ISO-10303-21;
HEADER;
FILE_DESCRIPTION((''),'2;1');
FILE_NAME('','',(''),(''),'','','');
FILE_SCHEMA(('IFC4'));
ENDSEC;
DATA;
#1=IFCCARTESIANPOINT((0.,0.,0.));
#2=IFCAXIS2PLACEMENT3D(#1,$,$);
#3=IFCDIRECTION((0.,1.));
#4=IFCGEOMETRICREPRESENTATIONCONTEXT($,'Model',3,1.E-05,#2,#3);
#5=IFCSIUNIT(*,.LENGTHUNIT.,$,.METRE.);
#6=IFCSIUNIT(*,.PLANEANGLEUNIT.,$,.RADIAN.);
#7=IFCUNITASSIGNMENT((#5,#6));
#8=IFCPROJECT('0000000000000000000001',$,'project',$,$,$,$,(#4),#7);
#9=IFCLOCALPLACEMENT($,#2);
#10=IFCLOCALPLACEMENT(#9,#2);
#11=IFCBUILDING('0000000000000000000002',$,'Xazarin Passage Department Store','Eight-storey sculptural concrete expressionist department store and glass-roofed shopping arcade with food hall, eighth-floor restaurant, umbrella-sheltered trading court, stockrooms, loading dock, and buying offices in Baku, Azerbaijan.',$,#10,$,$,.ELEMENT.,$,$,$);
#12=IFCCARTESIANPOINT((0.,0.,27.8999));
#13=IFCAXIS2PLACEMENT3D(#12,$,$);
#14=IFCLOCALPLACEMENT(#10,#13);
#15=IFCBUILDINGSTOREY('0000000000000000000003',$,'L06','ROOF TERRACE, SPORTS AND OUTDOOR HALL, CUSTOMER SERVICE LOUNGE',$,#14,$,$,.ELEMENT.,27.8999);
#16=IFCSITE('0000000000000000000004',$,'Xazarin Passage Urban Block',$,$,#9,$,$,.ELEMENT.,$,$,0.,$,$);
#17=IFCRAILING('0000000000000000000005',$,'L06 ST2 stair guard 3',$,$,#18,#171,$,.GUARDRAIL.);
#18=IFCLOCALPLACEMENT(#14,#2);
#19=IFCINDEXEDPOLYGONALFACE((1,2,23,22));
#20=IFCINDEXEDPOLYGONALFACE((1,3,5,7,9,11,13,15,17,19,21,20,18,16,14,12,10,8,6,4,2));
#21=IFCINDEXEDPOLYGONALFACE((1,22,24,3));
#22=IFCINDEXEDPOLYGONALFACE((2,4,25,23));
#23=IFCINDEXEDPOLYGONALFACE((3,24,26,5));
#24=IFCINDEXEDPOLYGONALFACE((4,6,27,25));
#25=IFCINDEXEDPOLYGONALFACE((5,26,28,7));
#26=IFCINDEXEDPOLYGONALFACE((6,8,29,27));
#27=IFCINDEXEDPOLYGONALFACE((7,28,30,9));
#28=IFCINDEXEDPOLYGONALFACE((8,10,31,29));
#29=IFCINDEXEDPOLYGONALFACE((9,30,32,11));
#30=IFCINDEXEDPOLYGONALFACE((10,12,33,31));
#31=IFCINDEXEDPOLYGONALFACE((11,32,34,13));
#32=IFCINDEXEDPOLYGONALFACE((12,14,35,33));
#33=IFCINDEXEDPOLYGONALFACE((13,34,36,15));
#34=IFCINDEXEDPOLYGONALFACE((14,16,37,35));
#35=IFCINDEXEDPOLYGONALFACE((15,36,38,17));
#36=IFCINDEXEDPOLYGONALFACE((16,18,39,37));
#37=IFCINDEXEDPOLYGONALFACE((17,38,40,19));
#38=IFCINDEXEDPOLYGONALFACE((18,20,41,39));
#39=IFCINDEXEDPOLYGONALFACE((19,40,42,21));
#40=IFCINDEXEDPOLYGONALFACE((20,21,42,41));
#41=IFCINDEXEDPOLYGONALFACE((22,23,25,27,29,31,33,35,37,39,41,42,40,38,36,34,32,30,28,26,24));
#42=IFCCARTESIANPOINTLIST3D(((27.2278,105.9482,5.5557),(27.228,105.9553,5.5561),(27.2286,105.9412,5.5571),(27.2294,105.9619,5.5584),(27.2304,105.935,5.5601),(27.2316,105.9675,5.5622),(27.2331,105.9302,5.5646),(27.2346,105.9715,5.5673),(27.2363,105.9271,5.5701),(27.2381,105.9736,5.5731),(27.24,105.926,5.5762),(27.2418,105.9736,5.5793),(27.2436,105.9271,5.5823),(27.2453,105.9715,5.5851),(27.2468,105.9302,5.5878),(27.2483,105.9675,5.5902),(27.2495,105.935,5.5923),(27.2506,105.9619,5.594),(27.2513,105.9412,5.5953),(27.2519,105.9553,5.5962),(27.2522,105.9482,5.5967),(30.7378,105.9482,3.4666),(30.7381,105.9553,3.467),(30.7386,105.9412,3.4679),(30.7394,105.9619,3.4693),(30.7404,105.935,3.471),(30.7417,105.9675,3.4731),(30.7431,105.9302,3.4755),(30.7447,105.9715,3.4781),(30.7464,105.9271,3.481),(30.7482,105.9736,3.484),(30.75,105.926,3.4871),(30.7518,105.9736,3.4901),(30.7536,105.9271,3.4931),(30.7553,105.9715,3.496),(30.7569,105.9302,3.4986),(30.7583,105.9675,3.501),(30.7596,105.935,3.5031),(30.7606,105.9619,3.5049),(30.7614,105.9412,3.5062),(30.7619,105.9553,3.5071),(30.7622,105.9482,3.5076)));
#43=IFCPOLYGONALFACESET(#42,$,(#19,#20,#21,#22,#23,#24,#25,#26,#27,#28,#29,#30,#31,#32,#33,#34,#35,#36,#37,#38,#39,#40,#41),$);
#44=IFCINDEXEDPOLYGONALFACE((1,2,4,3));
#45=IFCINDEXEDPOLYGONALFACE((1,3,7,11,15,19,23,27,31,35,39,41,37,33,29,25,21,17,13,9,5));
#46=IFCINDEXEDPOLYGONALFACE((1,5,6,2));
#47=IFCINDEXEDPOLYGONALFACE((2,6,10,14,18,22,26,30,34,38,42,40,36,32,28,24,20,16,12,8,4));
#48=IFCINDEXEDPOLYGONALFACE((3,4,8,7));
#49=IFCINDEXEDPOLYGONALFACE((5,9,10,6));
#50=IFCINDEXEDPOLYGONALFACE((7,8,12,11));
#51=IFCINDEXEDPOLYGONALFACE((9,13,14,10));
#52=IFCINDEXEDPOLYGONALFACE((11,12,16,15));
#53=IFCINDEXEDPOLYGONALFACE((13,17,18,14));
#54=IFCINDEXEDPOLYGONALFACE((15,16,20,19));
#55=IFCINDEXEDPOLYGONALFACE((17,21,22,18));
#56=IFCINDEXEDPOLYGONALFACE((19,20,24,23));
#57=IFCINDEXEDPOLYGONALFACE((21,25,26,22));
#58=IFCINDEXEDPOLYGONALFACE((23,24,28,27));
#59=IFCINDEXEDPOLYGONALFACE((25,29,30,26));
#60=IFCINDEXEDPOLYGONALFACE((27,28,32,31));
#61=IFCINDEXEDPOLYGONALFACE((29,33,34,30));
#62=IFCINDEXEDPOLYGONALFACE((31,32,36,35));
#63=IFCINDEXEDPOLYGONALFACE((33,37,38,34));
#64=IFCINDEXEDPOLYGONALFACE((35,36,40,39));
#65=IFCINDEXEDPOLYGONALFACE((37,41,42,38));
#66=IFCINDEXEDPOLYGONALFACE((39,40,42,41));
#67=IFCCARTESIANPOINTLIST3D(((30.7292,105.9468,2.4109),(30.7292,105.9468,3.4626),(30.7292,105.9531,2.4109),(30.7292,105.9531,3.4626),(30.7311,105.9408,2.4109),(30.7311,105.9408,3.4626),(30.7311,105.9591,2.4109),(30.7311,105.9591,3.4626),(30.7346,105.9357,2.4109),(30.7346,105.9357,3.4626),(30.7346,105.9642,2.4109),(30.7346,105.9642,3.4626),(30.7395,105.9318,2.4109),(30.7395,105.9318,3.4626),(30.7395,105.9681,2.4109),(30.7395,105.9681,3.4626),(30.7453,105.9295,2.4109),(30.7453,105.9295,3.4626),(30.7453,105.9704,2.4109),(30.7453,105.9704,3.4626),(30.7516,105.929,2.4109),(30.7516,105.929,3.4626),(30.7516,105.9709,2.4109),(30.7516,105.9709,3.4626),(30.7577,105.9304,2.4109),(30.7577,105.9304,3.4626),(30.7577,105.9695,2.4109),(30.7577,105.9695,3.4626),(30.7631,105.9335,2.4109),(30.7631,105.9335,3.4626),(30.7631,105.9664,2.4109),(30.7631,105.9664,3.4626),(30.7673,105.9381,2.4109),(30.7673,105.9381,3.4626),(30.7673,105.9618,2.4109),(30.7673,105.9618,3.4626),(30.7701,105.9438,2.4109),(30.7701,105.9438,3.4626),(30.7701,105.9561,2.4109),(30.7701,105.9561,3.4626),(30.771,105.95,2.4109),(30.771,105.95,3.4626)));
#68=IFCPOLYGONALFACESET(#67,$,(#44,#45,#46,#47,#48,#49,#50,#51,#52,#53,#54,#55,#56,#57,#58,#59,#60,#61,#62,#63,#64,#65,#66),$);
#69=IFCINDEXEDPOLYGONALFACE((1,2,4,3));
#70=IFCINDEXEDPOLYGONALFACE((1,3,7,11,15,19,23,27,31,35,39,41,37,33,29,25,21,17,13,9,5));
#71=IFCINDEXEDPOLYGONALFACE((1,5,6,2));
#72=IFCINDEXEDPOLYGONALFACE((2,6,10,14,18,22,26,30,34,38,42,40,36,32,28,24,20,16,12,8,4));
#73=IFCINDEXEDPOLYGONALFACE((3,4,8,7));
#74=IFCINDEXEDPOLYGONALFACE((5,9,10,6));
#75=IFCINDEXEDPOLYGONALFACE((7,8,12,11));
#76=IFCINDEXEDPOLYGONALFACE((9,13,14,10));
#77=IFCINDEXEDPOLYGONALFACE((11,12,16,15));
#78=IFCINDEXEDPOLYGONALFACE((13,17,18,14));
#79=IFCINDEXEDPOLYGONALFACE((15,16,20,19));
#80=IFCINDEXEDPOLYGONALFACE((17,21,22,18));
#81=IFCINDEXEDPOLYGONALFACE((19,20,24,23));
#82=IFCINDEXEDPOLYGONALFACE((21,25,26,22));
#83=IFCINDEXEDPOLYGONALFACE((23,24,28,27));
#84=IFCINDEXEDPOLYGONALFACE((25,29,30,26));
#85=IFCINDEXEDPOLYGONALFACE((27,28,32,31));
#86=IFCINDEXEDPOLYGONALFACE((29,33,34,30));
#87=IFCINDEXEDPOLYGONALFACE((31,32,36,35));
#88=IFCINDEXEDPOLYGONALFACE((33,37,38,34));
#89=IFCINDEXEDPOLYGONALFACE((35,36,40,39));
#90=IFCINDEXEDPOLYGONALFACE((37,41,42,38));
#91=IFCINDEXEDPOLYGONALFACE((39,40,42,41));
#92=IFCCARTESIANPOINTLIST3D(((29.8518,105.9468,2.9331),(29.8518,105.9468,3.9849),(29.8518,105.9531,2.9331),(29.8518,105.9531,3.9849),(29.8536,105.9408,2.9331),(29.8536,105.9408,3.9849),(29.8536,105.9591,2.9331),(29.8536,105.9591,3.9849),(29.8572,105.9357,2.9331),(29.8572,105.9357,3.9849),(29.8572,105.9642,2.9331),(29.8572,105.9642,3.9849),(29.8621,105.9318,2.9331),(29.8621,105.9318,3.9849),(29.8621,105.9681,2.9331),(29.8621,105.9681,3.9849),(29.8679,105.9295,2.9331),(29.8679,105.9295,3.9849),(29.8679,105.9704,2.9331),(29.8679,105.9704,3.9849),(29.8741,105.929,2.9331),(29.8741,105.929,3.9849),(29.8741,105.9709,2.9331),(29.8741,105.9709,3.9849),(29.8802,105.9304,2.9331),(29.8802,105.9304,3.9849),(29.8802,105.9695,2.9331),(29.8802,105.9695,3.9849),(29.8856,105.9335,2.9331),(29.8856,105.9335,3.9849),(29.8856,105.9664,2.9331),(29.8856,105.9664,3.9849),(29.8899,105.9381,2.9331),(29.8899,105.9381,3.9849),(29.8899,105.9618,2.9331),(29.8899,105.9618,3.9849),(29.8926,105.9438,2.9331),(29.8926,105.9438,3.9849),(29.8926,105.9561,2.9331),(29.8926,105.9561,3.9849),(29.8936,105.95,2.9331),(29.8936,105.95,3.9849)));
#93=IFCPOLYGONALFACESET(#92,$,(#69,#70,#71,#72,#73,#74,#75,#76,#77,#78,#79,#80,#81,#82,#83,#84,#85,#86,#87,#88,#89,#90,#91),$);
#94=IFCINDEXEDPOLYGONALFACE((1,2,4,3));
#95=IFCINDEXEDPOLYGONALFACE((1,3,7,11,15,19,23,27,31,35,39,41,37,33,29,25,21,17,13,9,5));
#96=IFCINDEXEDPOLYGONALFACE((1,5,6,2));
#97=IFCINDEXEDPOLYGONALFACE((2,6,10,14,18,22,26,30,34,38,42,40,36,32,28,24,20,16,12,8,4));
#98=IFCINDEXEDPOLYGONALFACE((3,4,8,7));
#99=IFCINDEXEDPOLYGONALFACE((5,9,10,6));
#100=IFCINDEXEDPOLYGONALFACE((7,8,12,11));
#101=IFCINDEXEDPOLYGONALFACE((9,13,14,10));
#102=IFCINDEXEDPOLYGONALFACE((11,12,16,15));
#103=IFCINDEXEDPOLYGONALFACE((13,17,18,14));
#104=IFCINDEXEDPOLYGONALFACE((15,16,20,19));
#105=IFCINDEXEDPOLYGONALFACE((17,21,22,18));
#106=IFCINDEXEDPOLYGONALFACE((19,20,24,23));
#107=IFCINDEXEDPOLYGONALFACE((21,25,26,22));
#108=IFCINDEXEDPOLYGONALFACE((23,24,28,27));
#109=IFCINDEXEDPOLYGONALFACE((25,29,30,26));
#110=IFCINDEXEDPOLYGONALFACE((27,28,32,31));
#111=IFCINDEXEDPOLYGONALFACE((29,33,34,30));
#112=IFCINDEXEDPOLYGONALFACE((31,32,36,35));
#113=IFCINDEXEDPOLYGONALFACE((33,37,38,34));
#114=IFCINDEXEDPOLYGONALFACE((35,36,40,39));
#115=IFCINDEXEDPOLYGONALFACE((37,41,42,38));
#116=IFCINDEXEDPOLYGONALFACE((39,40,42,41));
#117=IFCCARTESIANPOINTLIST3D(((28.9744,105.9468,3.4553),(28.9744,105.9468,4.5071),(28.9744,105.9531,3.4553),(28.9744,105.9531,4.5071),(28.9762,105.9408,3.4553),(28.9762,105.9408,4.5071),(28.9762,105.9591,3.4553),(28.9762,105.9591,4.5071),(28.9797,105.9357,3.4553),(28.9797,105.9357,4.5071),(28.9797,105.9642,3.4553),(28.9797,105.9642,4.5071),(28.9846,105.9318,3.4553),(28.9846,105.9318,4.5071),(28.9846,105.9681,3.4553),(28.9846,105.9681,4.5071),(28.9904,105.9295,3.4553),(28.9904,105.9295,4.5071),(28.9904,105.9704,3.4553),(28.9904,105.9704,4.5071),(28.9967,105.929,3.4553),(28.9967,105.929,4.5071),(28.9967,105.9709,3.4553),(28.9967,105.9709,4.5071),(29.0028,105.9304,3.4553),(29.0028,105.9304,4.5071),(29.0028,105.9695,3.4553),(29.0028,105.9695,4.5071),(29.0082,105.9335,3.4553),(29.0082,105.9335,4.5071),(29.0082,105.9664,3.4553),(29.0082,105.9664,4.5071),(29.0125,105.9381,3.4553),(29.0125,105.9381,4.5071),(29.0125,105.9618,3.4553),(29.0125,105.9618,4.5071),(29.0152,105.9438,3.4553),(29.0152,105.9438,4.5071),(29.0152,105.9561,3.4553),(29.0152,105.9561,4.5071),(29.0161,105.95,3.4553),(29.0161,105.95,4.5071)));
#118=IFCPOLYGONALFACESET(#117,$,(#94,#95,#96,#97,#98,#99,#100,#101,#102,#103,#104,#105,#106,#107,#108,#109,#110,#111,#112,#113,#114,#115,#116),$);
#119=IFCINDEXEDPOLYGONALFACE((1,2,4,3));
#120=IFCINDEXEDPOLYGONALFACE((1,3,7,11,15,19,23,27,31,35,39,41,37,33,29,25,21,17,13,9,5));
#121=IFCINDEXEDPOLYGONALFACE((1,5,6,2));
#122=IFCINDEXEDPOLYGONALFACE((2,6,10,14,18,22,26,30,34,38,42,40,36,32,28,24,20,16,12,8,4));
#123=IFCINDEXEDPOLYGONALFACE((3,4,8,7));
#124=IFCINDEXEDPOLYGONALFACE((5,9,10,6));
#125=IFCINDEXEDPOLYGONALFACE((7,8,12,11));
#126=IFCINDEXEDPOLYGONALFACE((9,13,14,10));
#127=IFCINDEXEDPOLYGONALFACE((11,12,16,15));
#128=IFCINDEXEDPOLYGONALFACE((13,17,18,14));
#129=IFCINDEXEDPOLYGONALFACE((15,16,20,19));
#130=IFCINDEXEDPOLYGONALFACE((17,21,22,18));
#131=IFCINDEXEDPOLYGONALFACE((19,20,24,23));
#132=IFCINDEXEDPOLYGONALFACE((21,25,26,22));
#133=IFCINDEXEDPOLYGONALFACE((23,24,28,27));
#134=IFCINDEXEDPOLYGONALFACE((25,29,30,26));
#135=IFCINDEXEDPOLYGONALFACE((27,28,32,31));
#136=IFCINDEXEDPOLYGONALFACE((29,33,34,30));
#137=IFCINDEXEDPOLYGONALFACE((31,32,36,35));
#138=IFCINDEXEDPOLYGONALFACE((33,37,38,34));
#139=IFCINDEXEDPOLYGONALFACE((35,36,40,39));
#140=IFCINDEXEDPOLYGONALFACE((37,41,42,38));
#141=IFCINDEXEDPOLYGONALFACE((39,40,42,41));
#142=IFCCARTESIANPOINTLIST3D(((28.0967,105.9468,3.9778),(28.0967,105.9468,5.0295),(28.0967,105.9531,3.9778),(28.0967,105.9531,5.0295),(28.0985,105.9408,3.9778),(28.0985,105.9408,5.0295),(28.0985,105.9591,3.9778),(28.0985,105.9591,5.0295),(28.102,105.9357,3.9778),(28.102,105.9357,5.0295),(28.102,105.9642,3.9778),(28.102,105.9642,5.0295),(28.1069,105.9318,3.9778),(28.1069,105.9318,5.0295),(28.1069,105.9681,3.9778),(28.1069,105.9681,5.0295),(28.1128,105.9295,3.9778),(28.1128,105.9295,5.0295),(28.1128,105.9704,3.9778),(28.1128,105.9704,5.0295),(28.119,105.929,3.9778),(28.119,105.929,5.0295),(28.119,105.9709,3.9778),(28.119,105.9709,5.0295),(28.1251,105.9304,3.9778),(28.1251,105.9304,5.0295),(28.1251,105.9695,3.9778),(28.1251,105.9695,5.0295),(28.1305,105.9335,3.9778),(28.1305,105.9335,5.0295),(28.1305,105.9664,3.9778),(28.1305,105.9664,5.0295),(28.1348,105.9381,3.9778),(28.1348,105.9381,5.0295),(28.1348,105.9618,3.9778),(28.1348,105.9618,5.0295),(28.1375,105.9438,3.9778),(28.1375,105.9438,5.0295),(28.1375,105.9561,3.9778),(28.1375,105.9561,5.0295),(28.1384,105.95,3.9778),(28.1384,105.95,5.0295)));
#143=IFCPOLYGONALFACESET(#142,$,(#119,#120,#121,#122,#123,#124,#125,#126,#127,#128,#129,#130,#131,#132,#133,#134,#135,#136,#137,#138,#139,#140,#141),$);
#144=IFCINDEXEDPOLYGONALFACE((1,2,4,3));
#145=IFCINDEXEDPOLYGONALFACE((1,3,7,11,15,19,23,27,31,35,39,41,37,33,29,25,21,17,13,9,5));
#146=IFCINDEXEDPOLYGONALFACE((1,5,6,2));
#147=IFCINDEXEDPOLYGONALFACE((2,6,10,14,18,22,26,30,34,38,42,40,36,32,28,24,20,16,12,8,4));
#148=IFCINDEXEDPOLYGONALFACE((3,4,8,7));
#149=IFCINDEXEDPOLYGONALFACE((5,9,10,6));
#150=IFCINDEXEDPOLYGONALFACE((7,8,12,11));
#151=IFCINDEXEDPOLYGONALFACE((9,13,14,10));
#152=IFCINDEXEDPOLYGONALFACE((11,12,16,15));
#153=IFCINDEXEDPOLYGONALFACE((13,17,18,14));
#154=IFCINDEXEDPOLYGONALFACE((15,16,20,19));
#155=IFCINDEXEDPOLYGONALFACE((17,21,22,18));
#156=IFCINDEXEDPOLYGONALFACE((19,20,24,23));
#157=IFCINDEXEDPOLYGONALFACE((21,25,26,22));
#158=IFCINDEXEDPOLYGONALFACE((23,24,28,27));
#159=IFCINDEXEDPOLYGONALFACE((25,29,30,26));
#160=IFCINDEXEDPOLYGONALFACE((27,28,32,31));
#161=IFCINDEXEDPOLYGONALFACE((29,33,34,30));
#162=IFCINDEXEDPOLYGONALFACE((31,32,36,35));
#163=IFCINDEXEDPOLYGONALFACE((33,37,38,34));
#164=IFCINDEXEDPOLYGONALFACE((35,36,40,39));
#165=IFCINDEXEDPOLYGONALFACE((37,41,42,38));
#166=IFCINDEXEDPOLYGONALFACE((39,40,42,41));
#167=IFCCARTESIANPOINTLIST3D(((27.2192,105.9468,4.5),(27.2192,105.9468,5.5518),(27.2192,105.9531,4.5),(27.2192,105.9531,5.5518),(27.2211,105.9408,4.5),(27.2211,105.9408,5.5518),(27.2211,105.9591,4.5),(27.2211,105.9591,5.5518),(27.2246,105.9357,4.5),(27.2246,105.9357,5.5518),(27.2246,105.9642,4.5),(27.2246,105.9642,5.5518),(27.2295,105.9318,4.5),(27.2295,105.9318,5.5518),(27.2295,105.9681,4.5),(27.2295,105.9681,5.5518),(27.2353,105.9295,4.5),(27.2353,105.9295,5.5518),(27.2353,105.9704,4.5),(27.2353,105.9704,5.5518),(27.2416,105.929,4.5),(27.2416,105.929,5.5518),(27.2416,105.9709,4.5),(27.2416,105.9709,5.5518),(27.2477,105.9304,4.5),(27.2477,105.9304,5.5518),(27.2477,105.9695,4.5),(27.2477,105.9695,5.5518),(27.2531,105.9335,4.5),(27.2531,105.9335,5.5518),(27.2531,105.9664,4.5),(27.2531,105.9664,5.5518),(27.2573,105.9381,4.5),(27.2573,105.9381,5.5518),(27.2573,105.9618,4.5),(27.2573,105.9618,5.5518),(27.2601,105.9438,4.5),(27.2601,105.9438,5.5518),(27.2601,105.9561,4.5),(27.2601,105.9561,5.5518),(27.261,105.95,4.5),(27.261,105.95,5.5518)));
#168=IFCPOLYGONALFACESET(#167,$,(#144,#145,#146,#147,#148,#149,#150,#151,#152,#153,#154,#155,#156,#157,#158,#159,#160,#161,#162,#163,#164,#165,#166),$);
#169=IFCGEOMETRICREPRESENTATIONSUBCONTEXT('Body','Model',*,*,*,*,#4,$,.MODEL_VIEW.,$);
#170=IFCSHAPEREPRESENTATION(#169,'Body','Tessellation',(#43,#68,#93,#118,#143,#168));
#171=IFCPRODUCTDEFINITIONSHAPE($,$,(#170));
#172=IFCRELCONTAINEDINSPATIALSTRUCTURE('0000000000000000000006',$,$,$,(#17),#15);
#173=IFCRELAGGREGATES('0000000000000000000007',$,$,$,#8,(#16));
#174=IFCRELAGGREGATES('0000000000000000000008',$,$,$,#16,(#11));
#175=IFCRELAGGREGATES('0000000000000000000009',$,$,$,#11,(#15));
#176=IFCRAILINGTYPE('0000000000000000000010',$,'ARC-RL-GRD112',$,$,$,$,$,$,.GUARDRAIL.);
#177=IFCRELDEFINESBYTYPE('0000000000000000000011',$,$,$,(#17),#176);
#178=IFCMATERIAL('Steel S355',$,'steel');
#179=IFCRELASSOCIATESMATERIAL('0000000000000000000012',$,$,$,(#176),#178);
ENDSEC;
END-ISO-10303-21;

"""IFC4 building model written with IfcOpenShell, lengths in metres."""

from ifc_helpers import new_model, si_unit, direction, frame, origin, origin_2d, place, context, subcontext, project, spatial, circle, extrude, material, type_object, element, save


model = new_model("IFC4")

# Units and contexts
model_context = context("Model", 3, precision=1e-05, world=origin(), true_north=direction((0.0, 1.0)))
body_context = subcontext(model_context, "Body", "Model", "MODEL_VIEW")
ifc_project = project(units=[si_unit("LENGTHUNIT", "METRE"), si_unit("PLANEANGLEUNIT", "RADIAN")], contexts=[model_context])

# Site, building, storey
site_placement = place(None, origin())
site = spatial("IfcSite", under=ifc_project, at=site_placement, Name="Xazarin Passage Urban Block", CompositionType="ELEMENT", RefElevation=0.0)
building_placement = place(site_placement, origin())
building = spatial("IfcBuilding", under=site, at=building_placement, Name="Xazarin Passage Department Store", Description="Eight-storey sculptural concrete expressionist department store and glass-roofed shopping arcade with food hall, eighth-floor restaurant, umbrella-sheltered trading court, stockrooms, loading dock, and buying offices in Baku, Azerbaijan.", CompositionType="ELEMENT")
storey_placement = place(building_placement, frame((0.0, 0.0, 27.8999)))
storey = spatial("IfcBuildingStorey", under=building, at=storey_placement, Name="L06", Description="ROOF TERRACE, SPORTS AND OUTDOOR HALL, CUSTOMER SERVICE LOUNGE", CompositionType="ELEMENT", Elevation=27.8999)

# Railing
ifc_material_1 = material(Name="Steel S355", Category="steel")
railing_type_1 = type_object("IfcRailingType", Name="ARC-RL-GRD112", PredefinedType="GUARDRAIL", material=ifc_material_1)
railing_1_placement = place(storey_placement, frame((30.75, 105.95, 2.4109)))
element("IfcRailing", 1, at=railing_1_placement, inside=storey, type_object=railing_type_1, Name="L06 ST2 stair guard 3", PredefinedType="GUARDRAIL", context=body_context, shape_type="SweptSolid", body=[
    extrude(circle(Radius=0.0239, at=origin_2d()), frame((0.0, 0.0, 1.0762), z_axis=(-0.859312, 0.0, 0.511451), x_axis=(0.0, -1.0, 0.0)), (0.0, 0.0, 1.0), 4.0847),
    extrude(circle(Radius=0.021, at=origin_2d()), origin(), (0.0, 0.0, 1.0), 1.0518),
    extrude(circle(Radius=0.021, at=origin_2d()), frame((-0.8774, 0.0, 0.5222)), (0.0, 0.0, 1.0), 1.0518),
    extrude(circle(Radius=0.021, at=origin_2d()), frame((-1.7549, 0.0, 1.0444)), (0.0, 0.0, 1.0), 1.0518),
    extrude(circle(Radius=0.021, at=origin_2d()), frame((-2.6326, 0.0, 1.5669)), (0.0, 0.0, 1.0), 1.0518),
    extrude(circle(Radius=0.021, at=origin_2d()), frame((-3.51, 0.0, 2.0891)), (0.0, 0.0, 1.0), 1.0518),
])

save(model, "model.ifc")
